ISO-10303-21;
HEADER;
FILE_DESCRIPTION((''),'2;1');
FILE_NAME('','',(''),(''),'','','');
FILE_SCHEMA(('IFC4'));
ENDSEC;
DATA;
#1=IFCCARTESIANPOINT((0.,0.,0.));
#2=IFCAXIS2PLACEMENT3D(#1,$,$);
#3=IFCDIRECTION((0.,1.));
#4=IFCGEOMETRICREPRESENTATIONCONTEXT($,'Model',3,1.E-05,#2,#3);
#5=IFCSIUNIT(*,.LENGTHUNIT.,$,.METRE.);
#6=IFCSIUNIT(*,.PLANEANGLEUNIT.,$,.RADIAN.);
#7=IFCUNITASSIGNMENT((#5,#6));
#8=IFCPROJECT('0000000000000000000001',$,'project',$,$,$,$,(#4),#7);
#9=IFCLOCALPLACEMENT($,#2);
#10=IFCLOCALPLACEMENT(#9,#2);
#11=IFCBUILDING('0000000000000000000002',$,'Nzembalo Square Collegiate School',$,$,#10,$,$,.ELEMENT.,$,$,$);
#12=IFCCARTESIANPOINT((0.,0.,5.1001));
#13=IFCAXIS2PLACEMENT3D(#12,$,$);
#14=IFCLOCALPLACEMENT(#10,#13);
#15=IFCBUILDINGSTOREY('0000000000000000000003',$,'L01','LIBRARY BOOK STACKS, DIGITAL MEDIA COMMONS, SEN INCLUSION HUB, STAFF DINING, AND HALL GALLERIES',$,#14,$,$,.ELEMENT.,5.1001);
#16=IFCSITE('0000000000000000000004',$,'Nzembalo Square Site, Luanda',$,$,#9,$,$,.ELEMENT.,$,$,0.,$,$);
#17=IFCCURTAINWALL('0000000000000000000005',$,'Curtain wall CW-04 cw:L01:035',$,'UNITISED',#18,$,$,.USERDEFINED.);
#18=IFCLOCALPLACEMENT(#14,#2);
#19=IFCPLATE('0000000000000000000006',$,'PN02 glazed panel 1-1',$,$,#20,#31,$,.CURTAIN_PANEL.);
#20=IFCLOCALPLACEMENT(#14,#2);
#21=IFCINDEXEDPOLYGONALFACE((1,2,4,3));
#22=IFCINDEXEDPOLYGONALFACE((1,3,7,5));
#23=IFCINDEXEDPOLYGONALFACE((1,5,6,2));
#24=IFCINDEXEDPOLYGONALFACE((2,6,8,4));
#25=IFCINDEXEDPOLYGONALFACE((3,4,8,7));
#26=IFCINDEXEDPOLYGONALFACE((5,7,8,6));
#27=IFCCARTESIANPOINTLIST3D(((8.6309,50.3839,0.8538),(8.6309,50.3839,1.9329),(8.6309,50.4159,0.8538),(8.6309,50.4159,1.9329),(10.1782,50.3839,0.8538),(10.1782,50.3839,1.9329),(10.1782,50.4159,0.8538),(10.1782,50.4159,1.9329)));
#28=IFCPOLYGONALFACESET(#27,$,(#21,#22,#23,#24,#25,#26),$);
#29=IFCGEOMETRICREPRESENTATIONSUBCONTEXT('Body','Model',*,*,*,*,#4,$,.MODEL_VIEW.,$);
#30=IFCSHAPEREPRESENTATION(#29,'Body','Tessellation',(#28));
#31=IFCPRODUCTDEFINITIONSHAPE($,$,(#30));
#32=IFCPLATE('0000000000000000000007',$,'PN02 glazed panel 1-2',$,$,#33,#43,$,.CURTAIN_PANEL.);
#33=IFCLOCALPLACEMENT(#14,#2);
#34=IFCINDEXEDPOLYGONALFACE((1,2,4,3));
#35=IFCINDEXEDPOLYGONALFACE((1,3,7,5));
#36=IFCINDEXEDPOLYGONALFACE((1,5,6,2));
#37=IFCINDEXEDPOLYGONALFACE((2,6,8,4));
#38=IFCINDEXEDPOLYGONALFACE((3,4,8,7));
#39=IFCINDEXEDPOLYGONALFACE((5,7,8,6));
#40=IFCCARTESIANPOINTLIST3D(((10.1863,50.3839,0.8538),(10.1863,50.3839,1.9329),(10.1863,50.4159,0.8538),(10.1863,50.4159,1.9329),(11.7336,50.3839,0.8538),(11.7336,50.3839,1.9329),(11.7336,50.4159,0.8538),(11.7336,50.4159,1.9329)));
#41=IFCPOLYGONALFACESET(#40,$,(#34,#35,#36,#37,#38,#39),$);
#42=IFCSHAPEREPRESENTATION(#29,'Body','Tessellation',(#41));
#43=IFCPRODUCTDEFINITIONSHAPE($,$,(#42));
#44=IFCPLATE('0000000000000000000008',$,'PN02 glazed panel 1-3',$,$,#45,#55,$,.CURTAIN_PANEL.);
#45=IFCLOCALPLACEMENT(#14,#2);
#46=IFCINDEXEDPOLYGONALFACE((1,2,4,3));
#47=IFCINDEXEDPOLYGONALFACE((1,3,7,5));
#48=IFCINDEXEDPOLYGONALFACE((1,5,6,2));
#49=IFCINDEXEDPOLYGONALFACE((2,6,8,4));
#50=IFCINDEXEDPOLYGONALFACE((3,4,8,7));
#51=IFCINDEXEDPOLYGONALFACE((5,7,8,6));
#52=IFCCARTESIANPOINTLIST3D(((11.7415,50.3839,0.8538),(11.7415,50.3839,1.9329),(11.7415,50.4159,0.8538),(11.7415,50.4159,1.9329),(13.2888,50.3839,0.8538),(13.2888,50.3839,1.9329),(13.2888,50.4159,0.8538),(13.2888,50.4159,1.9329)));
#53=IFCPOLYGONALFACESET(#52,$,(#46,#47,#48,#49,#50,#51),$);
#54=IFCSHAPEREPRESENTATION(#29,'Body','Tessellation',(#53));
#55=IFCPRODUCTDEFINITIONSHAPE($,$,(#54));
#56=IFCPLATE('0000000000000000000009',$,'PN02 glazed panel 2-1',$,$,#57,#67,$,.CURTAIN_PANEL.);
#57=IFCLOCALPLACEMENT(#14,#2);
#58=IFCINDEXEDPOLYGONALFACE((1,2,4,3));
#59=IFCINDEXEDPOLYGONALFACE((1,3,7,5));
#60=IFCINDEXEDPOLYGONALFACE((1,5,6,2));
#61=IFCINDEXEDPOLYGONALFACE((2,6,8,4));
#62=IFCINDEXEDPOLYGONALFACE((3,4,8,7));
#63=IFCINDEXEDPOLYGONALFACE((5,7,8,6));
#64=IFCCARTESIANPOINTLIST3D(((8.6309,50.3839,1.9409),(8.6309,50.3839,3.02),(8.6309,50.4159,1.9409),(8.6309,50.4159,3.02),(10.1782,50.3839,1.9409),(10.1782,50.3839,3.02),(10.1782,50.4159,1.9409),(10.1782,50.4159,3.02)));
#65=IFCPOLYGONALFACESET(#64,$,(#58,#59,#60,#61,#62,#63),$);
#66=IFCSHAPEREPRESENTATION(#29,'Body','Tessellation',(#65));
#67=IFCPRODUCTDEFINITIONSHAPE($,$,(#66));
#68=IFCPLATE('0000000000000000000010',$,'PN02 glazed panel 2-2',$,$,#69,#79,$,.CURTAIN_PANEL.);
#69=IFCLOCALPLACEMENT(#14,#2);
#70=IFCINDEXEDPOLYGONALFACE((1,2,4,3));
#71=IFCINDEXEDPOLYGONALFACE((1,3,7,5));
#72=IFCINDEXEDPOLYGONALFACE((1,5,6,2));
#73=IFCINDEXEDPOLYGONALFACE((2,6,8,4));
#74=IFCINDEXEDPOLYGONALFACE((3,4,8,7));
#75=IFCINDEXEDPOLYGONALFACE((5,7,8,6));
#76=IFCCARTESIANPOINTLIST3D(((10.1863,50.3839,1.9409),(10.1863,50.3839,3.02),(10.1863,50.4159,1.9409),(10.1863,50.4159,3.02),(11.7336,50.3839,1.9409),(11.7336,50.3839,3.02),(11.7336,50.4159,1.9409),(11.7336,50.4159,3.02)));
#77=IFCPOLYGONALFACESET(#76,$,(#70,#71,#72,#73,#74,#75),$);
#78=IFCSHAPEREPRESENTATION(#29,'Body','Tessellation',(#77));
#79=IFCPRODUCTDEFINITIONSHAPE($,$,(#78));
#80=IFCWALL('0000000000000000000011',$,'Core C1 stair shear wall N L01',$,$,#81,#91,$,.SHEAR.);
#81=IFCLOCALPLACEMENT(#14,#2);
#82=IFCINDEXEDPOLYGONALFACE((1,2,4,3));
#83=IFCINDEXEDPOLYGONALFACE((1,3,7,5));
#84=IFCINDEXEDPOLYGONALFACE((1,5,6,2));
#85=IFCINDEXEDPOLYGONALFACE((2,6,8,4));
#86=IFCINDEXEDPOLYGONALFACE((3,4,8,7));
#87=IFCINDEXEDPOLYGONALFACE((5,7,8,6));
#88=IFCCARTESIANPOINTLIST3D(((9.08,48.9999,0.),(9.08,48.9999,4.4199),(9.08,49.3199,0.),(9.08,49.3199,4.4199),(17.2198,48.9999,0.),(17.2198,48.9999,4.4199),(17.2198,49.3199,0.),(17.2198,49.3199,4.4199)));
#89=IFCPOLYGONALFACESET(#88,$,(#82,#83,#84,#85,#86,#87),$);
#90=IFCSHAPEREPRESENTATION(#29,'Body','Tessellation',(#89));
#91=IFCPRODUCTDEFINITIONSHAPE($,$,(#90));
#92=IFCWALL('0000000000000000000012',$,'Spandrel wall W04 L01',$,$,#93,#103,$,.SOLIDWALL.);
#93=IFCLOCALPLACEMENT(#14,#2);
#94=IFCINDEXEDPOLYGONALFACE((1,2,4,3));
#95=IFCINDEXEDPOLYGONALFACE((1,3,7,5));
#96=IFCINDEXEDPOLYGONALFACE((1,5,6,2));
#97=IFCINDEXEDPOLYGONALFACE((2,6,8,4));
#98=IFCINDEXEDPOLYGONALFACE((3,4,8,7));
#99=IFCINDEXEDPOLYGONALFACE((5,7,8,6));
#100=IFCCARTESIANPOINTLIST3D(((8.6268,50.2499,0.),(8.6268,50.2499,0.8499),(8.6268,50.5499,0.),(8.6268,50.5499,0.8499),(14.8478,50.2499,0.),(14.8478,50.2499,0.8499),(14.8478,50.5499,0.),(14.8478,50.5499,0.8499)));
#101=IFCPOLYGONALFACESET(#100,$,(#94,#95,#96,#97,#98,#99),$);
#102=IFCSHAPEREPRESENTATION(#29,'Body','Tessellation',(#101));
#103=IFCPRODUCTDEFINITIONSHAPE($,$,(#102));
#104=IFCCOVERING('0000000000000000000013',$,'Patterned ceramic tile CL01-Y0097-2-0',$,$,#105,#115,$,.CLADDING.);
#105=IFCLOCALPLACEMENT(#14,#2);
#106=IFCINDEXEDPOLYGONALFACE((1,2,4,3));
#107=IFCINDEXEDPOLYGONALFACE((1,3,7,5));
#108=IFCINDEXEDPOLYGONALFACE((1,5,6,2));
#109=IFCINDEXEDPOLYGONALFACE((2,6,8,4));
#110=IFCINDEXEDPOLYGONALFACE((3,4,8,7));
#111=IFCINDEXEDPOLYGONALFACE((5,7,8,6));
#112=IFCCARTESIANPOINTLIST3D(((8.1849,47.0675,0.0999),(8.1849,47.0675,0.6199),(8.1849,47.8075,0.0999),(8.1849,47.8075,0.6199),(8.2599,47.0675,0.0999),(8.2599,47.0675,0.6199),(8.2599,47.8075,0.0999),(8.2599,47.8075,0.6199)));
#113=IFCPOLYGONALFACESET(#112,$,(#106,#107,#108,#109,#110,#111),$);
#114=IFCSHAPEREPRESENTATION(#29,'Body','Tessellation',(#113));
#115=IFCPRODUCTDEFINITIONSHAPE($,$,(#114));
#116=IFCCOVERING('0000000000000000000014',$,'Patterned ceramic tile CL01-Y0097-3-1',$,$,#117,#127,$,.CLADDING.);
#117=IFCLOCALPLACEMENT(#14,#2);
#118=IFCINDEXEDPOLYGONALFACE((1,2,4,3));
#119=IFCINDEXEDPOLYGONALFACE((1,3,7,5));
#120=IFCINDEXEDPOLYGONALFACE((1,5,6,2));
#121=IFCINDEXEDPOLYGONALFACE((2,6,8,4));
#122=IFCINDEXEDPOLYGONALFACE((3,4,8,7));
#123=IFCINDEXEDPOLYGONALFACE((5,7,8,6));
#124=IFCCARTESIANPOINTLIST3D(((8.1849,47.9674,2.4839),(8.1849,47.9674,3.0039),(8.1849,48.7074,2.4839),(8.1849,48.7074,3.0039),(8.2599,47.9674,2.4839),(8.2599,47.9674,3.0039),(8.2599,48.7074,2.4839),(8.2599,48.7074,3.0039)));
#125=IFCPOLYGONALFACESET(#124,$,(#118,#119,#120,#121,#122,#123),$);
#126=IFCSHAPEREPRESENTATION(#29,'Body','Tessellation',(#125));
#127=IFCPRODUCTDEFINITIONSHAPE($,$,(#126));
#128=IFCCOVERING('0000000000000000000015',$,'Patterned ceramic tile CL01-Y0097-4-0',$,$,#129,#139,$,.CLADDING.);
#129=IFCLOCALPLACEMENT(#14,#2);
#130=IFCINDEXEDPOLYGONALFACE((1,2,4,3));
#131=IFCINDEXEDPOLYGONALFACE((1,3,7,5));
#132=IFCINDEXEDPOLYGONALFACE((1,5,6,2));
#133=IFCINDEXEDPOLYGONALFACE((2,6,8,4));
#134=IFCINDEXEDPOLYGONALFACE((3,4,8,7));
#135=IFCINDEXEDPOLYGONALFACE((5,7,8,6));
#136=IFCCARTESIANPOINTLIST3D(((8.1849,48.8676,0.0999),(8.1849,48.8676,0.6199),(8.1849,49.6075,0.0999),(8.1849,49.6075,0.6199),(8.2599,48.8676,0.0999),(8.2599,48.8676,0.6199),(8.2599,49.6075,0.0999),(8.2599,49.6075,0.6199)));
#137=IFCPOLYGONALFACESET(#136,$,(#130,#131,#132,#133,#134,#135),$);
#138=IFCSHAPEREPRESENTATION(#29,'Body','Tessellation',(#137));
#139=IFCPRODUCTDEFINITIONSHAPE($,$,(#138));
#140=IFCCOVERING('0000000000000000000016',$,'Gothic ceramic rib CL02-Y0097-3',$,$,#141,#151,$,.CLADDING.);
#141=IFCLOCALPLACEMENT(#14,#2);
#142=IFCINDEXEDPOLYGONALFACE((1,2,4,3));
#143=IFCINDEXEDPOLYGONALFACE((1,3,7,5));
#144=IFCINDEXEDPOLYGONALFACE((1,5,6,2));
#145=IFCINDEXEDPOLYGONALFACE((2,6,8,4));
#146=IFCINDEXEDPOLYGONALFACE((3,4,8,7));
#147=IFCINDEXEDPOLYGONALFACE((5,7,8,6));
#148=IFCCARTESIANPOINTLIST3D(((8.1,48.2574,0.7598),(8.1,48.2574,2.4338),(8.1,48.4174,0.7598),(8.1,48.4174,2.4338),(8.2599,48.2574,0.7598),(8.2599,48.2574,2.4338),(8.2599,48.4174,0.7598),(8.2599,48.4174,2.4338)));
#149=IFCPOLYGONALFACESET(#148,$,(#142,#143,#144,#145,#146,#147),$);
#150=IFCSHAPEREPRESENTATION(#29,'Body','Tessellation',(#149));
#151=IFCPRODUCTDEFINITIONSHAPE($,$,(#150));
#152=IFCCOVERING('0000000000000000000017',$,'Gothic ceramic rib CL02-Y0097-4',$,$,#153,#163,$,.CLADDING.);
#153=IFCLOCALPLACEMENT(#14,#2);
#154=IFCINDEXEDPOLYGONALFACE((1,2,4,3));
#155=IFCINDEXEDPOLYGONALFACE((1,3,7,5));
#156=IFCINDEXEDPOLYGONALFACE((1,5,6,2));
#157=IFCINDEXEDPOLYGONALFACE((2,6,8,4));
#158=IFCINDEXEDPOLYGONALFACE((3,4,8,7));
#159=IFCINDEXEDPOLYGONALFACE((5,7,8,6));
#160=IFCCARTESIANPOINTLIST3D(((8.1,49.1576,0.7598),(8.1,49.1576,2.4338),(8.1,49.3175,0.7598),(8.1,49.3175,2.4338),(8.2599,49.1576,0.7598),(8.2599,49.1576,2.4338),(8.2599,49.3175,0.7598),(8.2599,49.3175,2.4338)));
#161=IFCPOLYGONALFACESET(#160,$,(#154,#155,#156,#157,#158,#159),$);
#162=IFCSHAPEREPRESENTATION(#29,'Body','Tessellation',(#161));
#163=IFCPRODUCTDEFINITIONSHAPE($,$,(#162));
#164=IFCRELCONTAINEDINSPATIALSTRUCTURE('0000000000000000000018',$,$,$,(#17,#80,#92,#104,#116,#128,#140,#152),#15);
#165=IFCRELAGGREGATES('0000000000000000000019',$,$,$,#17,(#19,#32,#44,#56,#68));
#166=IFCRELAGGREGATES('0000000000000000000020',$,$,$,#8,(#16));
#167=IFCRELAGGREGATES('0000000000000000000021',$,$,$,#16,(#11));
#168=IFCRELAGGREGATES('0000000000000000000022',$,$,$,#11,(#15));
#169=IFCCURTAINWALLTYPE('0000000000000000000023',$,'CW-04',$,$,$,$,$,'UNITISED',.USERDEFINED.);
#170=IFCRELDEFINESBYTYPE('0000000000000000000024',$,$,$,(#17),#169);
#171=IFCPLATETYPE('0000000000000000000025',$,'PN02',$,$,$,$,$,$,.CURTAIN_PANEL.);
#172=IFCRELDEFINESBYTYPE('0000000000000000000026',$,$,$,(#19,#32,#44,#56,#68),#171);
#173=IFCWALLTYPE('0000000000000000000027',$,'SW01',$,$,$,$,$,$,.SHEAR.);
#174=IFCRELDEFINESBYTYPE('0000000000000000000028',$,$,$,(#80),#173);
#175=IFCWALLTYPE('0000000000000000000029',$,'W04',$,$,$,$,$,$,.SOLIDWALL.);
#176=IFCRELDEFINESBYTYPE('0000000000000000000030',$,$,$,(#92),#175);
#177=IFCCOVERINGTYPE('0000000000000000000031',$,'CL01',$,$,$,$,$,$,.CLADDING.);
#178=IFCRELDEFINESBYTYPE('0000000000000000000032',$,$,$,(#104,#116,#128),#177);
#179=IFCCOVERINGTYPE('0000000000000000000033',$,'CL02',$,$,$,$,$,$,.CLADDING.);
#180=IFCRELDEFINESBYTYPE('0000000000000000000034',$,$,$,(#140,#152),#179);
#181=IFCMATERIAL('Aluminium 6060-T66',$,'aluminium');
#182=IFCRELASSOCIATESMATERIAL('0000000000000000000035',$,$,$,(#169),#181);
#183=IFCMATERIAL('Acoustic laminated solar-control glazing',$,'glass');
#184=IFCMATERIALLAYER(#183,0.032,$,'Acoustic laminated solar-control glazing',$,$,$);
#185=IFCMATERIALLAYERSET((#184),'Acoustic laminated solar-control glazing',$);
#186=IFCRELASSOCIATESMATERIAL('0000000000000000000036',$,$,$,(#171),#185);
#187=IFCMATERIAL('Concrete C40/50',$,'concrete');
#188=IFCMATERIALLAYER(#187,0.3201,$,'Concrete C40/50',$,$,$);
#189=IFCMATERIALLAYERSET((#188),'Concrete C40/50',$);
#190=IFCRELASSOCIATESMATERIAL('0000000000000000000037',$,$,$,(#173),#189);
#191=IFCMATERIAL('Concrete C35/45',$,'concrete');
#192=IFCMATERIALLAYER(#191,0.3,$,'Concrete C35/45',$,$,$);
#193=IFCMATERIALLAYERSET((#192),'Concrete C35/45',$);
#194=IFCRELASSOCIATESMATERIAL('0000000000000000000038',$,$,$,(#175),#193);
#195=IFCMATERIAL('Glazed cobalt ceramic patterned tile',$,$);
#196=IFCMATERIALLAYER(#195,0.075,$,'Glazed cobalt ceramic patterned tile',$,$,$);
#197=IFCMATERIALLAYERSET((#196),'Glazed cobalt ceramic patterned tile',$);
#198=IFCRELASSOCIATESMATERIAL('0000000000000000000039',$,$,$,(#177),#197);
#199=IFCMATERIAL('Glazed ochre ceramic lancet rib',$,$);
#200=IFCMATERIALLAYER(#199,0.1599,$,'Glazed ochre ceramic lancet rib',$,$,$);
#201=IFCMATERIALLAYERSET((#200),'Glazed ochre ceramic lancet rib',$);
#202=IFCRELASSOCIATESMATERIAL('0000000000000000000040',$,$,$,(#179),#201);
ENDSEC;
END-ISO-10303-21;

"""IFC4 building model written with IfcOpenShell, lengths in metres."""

from ifc_helpers import new_model, si_unit, direction, frame, frame_2d, origin, origin_2d, place, context, subcontext, project, spatial, rectangle, extrude, material, layer, layer_set, type_object, element, aggregate, save


model = new_model("IFC4")

# Units and contexts
model_context = context("Model", 3, precision=1e-05, world=origin(), true_north=direction((0.0, 1.0)))
body_context = subcontext(model_context, "Body", "Model", "MODEL_VIEW")
ifc_project = project(units=[si_unit("LENGTHUNIT", "METRE"), si_unit("PLANEANGLEUNIT", "RADIAN")], contexts=[model_context])

# Site, building, storey
site_placement = place(None, origin())
site = spatial("IfcSite", under=ifc_project, at=site_placement, Name="Nzembalo Square Site, Luanda", CompositionType="ELEMENT", RefElevation=0.0)
building_placement = place(site_placement, origin())
building = spatial("IfcBuilding", under=site, at=building_placement, Name="Nzembalo Square Collegiate School", CompositionType="ELEMENT")
storey_placement = place(building_placement, frame((0.0, 0.0, 5.1001)))
storey = spatial("IfcBuildingStorey", under=building, at=storey_placement, Name="L01", Description="LIBRARY BOOK STACKS, DIGITAL MEDIA COMMONS, SEN INCLUSION HUB, STAFF DINING, AND HALL GALLERIES", CompositionType="ELEMENT", Elevation=5.1001)

# Curtain wall, plates
ifc_material_1 = material(Name="Aluminium 6060-T66", Category="aluminium")
curtain_wall_type = type_object("IfcCurtainWallType", Name="CW-04", ElementType="UNITISED", PredefinedType="USERDEFINED", material=ifc_material_1)
curtain_wall_placement = place(storey_placement, origin())
curtain_wall = element("IfcCurtainWall", 1, at=curtain_wall_placement, inside=storey, type_object=curtain_wall_type, Name="Curtain wall CW-04 cw:L01:035", ObjectType="UNITISED", PredefinedType="USERDEFINED")
ifc_material_2 = material(Name="Acoustic laminated solar-control glazing", Category="glass")
ifc_layer_1 = layer(ifc_material_2, 0.032, Name="Acoustic laminated solar-control glazing")
ifc_layer_set_1 = layer_set([ifc_layer_1], Name="Acoustic laminated solar-control glazing")
plate_type = type_object("IfcPlateType", Name="PN02", PredefinedType="CURTAIN_PANEL", material=ifc_layer_set_1)
plate_1_placement = place(storey_placement, frame((9.4045, 50.3999, 0.8538), z_axis=(0.0, 0.0, 1.0), x_axis=(1.0, 0.0, 0.0)))
plate_1 = element("IfcPlate", 2, at=plate_1_placement, type_object=plate_type, Name="PN02 glazed panel 1-1", PredefinedType="CURTAIN_PANEL", context=body_context, shape_type="SweptSolid", body=[
    extrude(rectangle(XDim=1.5474, YDim=0.032, at=origin_2d()), origin(), (0.0, 0.0, 1.0), 1.0791),
])
plate_2_placement = place(storey_placement, frame((10.96, 50.3999, 0.8538), z_axis=(0.0, 0.0, 1.0), x_axis=(1.0, 0.0, 0.0)))
plate_2 = element("IfcPlate", 3, at=plate_2_placement, type_object=plate_type, Name="PN02 glazed panel 1-2", PredefinedType="CURTAIN_PANEL", context=body_context, shape_type="SweptSolid", body=[
    extrude(rectangle(XDim=1.5474, YDim=0.032, at=origin_2d()), origin(), (0.0, 0.0, 1.0), 1.0791),
])
plate_3_placement = place(storey_placement, frame((12.5151, 50.3999, 0.8538), z_axis=(0.0, 0.0, 1.0), x_axis=(1.0, 0.0, 0.0)))
plate_3 = element("IfcPlate", 4, at=plate_3_placement, type_object=plate_type, Name="PN02 glazed panel 1-3", PredefinedType="CURTAIN_PANEL", context=body_context, shape_type="SweptSolid", body=[
    extrude(rectangle(XDim=1.5474, YDim=0.032, at=origin_2d()), origin(), (0.0, 0.0, 1.0), 1.0791),
])
plate_4_placement = place(storey_placement, frame((9.4045, 50.3999, 1.9409), z_axis=(0.0, 0.0, 1.0), x_axis=(1.0, 0.0, 0.0)))
plate_4 = element("IfcPlate", 5, at=plate_4_placement, type_object=plate_type, Name="PN02 glazed panel 2-1", PredefinedType="CURTAIN_PANEL", context=body_context, shape_type="SweptSolid", body=[
    extrude(rectangle(XDim=1.5474, YDim=0.032, at=origin_2d()), origin(), (0.0, 0.0, 1.0), 1.0791),
])
plate_5_placement = place(storey_placement, frame((10.96, 50.3999, 1.9409), z_axis=(0.0, 0.0, 1.0), x_axis=(1.0, 0.0, 0.0)))
plate_5 = element("IfcPlate", 6, at=plate_5_placement, type_object=plate_type, Name="PN02 glazed panel 2-2", PredefinedType="CURTAIN_PANEL", context=body_context, shape_type="SweptSolid", body=[
    extrude(rectangle(XDim=1.5474, YDim=0.032, at=origin_2d()), origin(), (0.0, 0.0, 1.0), 1.0791),
])
aggregate(curtain_wall, [plate_1, plate_2, plate_3, plate_4, plate_5])

# Walls
ifc_material_3 = material(Name="Concrete C40/50", Category="concrete")
ifc_layer_2 = layer(ifc_material_3, 0.3201, Name="Concrete C40/50")
ifc_layer_set_2 = layer_set([ifc_layer_2], Name="Concrete C40/50")
wall_type_1 = type_object("IfcWallType", Name="SW01", PredefinedType="SHEAR", material=ifc_layer_set_2)
wall_1_placement = place(storey_placement, frame((9.0801, 49.1599, 0.0), z_axis=(0.0, 0.0, 1.0), x_axis=(1.0, 0.0, 0.0)))
element("IfcWall", 7, at=wall_1_placement, inside=storey, type_object=wall_type_1, Name="Core C1 stair shear wall N L01", PredefinedType="SHEAR", context=body_context, shape_type="SweptSolid", body=[
    extrude(rectangle(XDim=8.1399, YDim=0.3201, at=frame_2d((4.0698, 0.0))), origin(), (0.0, 0.0, 1.0), 4.4199),
])
ifc_material_4 = material(Name="Concrete C35/45", Category="concrete")
ifc_layer_3 = layer(ifc_material_4, 0.3, Name="Concrete C35/45")
ifc_layer_set_3 = layer_set([ifc_layer_3], Name="Concrete C35/45")
wall_type_2 = type_object("IfcWallType", Name="W04", PredefinedType="SOLIDWALL", material=ifc_layer_set_3)
wall_2_placement = place(storey_placement, frame((8.627, 50.3999, 0.0), z_axis=(0.0, 0.0, 1.0), x_axis=(1.0, 0.0, 0.0)))
element("IfcWall", 8, at=wall_2_placement, inside=storey, type_object=wall_type_2, Name="Spandrel wall W04 L01", PredefinedType="SOLIDWALL", context=body_context, shape_type="SweptSolid", body=[
    extrude(rectangle(XDim=6.2209, YDim=0.3, at=frame_2d((3.1104, 0.0))), origin(), (0.0, 0.0, 1.0), 0.8499),
])

# Coverings
ifc_material_5 = material(Name="Glazed cobalt ceramic patterned tile")
ifc_layer_4 = layer(ifc_material_5, 0.075, Name="Glazed cobalt ceramic patterned tile")
ifc_layer_set_4 = layer_set([ifc_layer_4], Name="Glazed cobalt ceramic patterned tile")
covering_type_1 = type_object("IfcCoveringType", Name="CL01", PredefinedType="CLADDING", material=ifc_layer_set_4)
for number, where, z_axis, x_axis, name in (
    (9, (8.2224, 47.4375, 0.0999), (0.0, 0.0, 1.0), (1.0, 0.0, 0.0), "Patterned ceramic tile CL01-Y0097-2-0"),
    (10, (8.2224, 48.3374, 2.4839), (0.0, 0.0, 1.0), (1.0, 0.0, 0.0), "Patterned ceramic tile CL01-Y0097-3-1"),
    (11, (8.2224, 49.2375, 0.0999), (0.0, 0.0, 1.0), (1.0, 0.0, 0.0), "Patterned ceramic tile CL01-Y0097-4-0"),
):
    element("IfcCovering", number, at=place(storey_placement, frame(where, z_axis=z_axis, x_axis=x_axis)), inside=storey, type_object=covering_type_1, Name=name, PredefinedType="CLADDING", context=body_context, shape_type="SweptSolid", body=[
        extrude(rectangle(XDim=0.075, YDim=0.74, at=origin_2d()), origin(), (0.0, 0.0, 1.0), 0.52),
    ])
ifc_material_6 = material(Name="Glazed ochre ceramic lancet rib")
ifc_layer_5 = layer(ifc_material_6, 0.1599, Name="Glazed ochre ceramic lancet rib")
ifc_layer_set_5 = layer_set([ifc_layer_5], Name="Glazed ochre ceramic lancet rib")
covering_type_2 = type_object("IfcCoveringType", Name="CL02", PredefinedType="CLADDING", material=ifc_layer_set_5)
for number, where, z_axis, x_axis, name in (
    (12, (8.1799, 48.3374, 0.7598), (0.0, 0.0, 1.0), (1.0, 0.0, 0.0), "Gothic ceramic rib CL02-Y0097-3"),
    (13, (8.1799, 49.2375, 0.7598), (0.0, 0.0, 1.0), (1.0, 0.0, 0.0), "Gothic ceramic rib CL02-Y0097-4"),
):
    element("IfcCovering", number, at=place(storey_placement, frame(where, z_axis=z_axis, x_axis=x_axis)), inside=storey, type_object=covering_type_2, Name=name, PredefinedType="CLADDING", context=body_context, shape_type="SweptSolid", body=[
        extrude(rectangle(XDim=0.1599, YDim=0.1599, at=origin_2d()), origin(), (0.0, 0.0, 1.0), 1.6741),
    ])

save(model, "model.ifc")
